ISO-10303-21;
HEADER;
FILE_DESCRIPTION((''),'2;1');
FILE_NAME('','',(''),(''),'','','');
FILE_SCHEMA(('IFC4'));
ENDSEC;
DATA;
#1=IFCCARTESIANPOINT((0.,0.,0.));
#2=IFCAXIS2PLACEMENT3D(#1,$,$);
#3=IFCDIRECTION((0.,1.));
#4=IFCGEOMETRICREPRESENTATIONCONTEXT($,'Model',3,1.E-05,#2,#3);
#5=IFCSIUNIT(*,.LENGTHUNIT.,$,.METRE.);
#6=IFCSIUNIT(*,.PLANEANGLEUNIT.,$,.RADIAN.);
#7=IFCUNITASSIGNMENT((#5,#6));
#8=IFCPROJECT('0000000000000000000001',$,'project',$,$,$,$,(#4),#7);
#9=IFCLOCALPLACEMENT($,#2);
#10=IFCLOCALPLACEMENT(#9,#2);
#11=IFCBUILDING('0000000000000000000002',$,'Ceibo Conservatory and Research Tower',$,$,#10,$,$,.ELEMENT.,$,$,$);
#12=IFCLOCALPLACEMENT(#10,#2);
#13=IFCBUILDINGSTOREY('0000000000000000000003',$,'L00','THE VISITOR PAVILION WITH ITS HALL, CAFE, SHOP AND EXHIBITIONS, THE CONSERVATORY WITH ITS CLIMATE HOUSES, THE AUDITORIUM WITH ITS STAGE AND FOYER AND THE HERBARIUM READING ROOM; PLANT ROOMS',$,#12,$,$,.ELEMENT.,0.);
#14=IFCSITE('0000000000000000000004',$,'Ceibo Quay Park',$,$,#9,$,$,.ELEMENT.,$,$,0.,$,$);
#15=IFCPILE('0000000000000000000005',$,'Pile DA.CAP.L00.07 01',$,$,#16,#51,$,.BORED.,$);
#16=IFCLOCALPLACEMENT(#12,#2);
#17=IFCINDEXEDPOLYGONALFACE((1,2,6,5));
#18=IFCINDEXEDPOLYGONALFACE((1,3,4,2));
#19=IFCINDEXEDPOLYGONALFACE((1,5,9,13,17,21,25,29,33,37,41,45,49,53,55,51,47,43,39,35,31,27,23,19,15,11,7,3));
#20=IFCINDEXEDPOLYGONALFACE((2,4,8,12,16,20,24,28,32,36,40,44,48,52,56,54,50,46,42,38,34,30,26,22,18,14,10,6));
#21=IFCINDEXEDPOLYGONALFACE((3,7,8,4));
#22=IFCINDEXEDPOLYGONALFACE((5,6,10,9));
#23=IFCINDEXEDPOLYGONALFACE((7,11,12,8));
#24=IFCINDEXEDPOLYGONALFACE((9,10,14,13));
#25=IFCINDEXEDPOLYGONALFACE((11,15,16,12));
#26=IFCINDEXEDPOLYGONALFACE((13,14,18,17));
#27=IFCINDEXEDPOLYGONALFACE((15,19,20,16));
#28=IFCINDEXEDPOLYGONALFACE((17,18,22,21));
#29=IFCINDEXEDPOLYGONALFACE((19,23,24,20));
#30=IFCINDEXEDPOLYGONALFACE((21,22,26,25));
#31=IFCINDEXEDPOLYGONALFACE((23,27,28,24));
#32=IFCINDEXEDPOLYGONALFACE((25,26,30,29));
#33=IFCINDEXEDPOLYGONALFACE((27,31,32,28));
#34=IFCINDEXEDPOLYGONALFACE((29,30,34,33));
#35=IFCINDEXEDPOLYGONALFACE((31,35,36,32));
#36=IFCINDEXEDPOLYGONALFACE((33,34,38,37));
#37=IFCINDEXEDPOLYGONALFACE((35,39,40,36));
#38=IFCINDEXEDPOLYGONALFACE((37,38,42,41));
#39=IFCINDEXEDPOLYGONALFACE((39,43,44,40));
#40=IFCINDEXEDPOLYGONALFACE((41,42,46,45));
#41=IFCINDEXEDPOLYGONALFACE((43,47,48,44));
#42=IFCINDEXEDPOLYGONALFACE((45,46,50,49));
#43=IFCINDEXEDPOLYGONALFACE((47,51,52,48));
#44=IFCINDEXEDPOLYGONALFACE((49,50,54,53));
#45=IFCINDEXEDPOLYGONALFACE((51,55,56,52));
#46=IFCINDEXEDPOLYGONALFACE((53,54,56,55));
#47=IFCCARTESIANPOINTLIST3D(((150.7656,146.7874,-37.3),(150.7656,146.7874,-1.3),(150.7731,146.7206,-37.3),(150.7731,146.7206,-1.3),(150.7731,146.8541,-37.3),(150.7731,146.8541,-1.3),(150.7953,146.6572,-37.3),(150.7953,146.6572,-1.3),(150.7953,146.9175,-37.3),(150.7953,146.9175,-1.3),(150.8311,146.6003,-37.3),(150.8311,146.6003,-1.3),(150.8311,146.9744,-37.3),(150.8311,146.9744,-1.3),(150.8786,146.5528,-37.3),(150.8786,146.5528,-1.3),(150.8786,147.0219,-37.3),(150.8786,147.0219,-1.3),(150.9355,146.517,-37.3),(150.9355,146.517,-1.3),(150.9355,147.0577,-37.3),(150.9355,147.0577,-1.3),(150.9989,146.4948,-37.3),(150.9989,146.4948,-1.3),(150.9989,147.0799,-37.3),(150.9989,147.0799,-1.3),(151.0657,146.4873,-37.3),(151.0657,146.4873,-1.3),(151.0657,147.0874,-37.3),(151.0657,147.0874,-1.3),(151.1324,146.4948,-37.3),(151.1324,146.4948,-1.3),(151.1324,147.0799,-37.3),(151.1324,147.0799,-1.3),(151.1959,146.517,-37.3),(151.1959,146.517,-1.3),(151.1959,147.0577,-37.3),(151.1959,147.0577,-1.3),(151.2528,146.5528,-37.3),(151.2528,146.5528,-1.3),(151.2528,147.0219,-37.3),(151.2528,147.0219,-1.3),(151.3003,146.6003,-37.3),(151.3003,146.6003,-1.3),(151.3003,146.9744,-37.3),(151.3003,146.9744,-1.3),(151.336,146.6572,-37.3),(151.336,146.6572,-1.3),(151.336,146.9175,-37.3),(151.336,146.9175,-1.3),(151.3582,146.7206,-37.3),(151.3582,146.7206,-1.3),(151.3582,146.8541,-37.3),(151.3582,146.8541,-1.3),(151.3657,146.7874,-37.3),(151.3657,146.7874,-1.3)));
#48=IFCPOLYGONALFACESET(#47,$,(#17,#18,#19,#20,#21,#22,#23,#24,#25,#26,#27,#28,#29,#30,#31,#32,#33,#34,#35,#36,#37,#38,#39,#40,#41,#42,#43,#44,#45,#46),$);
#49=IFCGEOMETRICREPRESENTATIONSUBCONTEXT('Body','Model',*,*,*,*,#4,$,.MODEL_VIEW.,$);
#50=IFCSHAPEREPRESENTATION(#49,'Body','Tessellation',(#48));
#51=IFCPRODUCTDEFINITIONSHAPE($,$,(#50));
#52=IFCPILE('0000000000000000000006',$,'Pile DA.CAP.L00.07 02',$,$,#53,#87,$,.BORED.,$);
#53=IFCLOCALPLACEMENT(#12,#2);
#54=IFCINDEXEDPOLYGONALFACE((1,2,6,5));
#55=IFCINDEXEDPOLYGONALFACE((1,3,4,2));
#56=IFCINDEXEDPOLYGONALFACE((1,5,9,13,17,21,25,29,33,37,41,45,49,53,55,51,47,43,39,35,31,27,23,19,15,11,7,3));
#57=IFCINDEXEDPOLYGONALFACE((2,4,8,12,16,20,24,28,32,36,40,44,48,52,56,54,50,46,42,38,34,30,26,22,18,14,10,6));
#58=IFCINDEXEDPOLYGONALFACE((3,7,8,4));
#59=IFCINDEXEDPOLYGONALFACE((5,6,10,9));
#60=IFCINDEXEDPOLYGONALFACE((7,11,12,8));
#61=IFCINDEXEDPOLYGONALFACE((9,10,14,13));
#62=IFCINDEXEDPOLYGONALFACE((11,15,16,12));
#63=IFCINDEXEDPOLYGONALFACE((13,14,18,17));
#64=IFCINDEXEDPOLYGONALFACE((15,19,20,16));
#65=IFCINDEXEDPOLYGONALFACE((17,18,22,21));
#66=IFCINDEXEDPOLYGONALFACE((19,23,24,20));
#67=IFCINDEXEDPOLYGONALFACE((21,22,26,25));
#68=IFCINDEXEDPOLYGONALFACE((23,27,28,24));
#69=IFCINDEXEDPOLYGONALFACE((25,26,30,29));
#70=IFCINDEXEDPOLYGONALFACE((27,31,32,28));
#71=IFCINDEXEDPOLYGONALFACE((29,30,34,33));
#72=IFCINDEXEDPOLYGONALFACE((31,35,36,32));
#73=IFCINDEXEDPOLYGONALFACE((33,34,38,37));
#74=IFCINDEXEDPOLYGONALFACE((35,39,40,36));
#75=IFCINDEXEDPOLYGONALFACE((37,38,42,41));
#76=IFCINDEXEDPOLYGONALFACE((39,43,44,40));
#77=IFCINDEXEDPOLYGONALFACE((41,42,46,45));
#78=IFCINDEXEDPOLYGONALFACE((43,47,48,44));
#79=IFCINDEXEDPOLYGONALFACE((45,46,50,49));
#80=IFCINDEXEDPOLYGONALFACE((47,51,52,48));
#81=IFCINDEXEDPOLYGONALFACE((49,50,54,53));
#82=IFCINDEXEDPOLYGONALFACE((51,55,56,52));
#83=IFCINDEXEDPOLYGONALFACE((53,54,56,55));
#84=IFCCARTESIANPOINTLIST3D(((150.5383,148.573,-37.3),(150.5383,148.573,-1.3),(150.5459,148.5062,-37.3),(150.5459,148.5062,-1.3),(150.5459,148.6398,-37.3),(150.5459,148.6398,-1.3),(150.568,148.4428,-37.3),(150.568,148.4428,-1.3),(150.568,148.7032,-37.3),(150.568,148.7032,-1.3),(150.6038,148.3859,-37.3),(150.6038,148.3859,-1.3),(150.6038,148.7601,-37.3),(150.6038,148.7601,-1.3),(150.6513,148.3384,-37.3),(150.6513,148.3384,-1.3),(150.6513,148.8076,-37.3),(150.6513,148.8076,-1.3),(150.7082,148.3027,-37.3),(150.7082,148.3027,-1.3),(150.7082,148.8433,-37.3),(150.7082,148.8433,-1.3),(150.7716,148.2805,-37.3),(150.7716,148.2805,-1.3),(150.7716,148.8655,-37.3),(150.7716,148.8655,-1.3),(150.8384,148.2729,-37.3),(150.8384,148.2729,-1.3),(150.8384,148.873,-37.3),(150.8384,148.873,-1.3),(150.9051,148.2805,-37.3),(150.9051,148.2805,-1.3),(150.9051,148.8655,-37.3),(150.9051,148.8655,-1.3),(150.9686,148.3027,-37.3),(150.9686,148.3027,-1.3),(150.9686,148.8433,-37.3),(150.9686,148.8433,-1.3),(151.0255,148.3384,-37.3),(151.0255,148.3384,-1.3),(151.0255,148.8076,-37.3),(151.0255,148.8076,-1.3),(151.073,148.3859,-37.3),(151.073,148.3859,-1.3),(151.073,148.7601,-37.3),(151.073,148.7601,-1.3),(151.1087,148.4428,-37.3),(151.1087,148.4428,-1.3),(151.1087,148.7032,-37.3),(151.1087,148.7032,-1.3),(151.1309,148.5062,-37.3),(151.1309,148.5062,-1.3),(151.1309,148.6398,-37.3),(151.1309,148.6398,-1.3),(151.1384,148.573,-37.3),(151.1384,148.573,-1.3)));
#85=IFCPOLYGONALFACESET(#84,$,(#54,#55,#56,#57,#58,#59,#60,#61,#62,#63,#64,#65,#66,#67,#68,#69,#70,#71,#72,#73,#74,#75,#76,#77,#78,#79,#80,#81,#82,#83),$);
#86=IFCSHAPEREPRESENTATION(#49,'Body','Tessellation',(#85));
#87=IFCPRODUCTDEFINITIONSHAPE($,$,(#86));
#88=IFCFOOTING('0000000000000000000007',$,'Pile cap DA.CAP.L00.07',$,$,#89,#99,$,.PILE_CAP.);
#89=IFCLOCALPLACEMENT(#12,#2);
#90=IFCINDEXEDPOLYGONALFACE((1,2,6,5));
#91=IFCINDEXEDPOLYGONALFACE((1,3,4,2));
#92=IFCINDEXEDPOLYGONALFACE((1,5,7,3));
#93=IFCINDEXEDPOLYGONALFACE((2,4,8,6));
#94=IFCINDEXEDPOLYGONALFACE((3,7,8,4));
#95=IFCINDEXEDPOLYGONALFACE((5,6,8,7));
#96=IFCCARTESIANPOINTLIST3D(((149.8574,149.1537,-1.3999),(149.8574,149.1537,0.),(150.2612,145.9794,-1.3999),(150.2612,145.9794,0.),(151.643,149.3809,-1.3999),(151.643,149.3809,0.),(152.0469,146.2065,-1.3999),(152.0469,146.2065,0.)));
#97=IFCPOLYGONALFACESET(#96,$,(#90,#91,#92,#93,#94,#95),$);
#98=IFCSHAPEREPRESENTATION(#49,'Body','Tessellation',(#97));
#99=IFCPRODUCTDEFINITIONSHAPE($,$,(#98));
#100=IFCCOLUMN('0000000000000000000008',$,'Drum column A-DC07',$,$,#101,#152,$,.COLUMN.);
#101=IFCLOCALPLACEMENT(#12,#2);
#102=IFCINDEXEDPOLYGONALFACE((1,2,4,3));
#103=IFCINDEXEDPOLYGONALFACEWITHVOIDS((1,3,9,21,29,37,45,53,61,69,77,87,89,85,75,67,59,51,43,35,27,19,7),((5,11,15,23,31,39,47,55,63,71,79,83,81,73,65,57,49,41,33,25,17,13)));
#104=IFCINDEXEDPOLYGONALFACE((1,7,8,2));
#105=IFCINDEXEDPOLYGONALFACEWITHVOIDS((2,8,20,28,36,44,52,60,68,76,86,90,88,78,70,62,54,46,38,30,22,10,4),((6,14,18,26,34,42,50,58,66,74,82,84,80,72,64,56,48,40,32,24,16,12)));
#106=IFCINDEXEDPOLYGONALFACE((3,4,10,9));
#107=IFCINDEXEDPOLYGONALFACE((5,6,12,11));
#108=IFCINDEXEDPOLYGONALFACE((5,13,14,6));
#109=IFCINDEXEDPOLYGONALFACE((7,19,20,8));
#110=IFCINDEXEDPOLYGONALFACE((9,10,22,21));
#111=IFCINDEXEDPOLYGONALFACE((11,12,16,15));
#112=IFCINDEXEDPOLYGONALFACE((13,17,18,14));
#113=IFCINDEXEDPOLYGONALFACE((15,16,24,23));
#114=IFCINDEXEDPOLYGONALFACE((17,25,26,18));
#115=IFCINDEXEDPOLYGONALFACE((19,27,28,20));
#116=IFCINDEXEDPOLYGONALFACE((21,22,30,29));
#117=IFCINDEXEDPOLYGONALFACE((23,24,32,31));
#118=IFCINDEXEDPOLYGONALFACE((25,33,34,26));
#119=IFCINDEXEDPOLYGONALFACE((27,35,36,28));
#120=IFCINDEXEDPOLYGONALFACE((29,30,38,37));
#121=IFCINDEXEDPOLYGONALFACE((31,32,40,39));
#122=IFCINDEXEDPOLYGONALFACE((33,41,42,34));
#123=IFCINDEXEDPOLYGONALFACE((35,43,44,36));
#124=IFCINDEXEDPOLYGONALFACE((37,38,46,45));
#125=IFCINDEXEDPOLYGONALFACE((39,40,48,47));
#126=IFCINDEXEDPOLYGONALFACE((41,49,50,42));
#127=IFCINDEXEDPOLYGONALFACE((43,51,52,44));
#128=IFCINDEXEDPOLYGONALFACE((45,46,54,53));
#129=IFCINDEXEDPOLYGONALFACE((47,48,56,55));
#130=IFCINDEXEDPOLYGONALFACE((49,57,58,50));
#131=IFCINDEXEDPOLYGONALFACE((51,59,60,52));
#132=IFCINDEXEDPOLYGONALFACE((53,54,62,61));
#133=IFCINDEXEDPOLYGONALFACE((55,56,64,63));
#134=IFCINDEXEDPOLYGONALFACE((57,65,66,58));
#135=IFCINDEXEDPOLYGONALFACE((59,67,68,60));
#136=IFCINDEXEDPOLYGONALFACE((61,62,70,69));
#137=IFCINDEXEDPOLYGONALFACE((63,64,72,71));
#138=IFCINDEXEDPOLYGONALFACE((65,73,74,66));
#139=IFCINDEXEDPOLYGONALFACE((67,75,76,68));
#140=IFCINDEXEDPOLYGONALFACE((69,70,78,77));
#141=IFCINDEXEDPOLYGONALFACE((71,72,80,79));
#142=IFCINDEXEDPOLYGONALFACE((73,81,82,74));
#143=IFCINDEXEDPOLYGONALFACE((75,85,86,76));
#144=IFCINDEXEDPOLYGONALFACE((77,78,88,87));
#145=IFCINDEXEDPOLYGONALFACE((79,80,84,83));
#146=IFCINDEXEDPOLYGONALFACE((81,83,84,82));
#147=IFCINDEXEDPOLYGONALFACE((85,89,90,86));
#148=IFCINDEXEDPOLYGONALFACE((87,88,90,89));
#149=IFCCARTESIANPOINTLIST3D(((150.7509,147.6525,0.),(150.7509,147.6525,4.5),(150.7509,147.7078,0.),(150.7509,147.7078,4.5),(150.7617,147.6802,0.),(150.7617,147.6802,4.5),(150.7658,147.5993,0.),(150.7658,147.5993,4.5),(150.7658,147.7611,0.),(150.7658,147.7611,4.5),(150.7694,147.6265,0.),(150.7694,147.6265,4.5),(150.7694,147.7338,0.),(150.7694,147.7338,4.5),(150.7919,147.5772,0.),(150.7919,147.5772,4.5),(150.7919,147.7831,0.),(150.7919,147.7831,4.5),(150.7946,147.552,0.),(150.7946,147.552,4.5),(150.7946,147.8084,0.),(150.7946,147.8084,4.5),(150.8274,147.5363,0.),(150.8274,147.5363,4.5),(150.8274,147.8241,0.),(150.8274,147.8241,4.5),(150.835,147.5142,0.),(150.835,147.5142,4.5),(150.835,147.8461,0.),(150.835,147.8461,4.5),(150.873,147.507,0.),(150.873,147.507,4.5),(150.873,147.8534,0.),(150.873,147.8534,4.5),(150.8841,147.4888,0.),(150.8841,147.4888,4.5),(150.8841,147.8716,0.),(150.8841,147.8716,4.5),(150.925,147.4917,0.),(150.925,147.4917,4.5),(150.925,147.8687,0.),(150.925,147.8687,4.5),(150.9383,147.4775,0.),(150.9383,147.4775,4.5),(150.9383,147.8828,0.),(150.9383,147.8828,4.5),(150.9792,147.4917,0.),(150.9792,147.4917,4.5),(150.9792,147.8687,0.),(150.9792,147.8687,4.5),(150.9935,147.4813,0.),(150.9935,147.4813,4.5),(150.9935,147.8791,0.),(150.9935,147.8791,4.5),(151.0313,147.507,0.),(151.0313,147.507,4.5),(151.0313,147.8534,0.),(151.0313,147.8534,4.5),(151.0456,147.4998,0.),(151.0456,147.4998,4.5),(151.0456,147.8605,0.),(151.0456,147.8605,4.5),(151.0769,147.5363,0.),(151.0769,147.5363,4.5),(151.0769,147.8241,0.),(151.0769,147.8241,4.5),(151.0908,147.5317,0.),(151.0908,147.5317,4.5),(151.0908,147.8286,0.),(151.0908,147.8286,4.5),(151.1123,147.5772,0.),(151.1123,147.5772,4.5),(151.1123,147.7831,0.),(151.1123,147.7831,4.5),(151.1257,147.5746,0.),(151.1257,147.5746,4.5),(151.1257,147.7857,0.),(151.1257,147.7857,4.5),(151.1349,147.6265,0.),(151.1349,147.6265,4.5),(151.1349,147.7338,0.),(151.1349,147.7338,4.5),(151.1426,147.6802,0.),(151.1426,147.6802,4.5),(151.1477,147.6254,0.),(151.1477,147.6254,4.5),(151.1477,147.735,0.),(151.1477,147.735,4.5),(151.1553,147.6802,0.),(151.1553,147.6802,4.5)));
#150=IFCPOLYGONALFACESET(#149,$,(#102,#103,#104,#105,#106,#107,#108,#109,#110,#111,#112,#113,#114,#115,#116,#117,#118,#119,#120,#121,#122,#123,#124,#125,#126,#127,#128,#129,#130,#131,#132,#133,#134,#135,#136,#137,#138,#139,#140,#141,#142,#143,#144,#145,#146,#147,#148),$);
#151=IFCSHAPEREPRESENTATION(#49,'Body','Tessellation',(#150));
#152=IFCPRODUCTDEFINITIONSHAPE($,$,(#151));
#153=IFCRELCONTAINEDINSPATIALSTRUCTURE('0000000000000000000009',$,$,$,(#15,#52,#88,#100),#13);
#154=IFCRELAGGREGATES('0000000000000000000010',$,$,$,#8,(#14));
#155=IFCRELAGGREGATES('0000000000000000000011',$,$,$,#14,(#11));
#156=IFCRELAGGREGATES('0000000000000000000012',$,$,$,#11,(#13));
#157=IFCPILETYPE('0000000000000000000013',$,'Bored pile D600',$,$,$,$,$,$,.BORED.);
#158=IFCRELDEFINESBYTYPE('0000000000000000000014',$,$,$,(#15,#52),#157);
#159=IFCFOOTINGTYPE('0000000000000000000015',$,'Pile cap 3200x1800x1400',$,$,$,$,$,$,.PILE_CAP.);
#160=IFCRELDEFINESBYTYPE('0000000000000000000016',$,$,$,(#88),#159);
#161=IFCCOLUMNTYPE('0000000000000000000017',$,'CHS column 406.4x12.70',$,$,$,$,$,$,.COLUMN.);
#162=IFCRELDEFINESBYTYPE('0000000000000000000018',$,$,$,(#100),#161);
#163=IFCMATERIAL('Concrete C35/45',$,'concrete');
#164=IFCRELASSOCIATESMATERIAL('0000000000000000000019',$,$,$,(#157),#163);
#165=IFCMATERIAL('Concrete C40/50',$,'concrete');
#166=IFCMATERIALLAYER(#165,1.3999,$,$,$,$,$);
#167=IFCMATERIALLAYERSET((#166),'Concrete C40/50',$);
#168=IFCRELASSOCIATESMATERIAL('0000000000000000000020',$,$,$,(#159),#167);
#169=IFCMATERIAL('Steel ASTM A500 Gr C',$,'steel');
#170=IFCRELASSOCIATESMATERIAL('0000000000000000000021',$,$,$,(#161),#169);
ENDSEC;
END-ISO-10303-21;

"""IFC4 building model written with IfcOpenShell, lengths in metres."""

from ifc_helpers import new_model, si_unit, direction, frame, origin, origin_2d, place, context, subcontext, project, spatial, polyline, circle, hollow_circle, outline, extrude, material, layer, layer_set, material_profile, profile_set, type_object, element, save


model = new_model("IFC4")

# Units and contexts
model_context = context("Model", 3, precision=1e-05, world=origin(), true_north=direction((0.0, 1.0)))
body_context = subcontext(model_context, "Body", "Model", "MODEL_VIEW")
ifc_project = project(units=[si_unit("LENGTHUNIT", "METRE"), si_unit("PLANEANGLEUNIT", "RADIAN")], contexts=[model_context])

# Site, building, storey
site_placement = place(None, origin())
site = spatial("IfcSite", under=ifc_project, at=site_placement, Name="Ceibo Quay Park", CompositionType="ELEMENT", RefElevation=0.0)
building_placement = place(site_placement, origin())
building = spatial("IfcBuilding", under=site, at=building_placement, Name="Ceibo Conservatory and Research Tower", CompositionType="ELEMENT")
storey_placement = place(building_placement, origin())
storey = spatial("IfcBuildingStorey", under=building, at=storey_placement, Name="L00", Description="THE VISITOR PAVILION WITH ITS HALL, CAFE, SHOP AND EXHIBITIONS, THE CONSERVATORY WITH ITS CLIMATE HOUSES, THE AUDITORIUM WITH ITS STAGE AND FOYER AND THE HERBARIUM READING ROOM; PLANT ROOMS", CompositionType="ELEMENT", Elevation=0.0)

# Piles
ifc_material_1 = material(Name="Concrete C35/45", Category="concrete")
ifc_material_profile_1 = material_profile(ifc_material_1, circle(Radius=0.3, at=origin_2d()), Name="RC D600")
ifc_profile_set_1 = profile_set([ifc_material_profile_1], Name="Concrete C35/45")
pile_type = type_object("IfcPileType", Name="Bored pile D600", PredefinedType="BORED", material=ifc_profile_set_1)
for number, where, z_axis, x_axis, name in (
    (1, (151.0657, 146.7874, -1.3), (0.0, 0.0, -1.0), (1.0, 0.0, 0.0), "Pile DA.CAP.L00.07 01"),
    (2, (150.8384, 148.573, -1.3), (0.0, 0.0, -1.0), (1.0, 0.0, 0.0), "Pile DA.CAP.L00.07 02"),
):
    element("IfcPile", number, at=place(storey_placement, frame(where, z_axis=z_axis, x_axis=x_axis)), inside=storey, type_object=pile_type, Name=name, PredefinedType="BORED", context=body_context, shape_type="SweptSolid", body=[
        extrude(circle(Radius=0.3, at=origin_2d()), origin(), (0.0, 0.0, 1.0), 36.0),
    ])

# Footing
ifc_material_2 = material(Name="Concrete C40/50", Category="concrete")
ifc_layer_1 = layer(ifc_material_2, 1.3999)
ifc_layer_set_1 = layer_set([ifc_layer_1], Name="Concrete C40/50")
footing_type = type_object("IfcFootingType", Name="Pile cap 3200x1800x1400", PredefinedType="PILE_CAP", material=ifc_layer_set_1)
footing_placement = place(storey_placement, frame((152.0469, 146.2065, -1.3999), z_axis=(0.0, 0.0, 1.0), x_axis=(-0.126199, 0.992005, 0.0)))
element("IfcFooting", 3, at=footing_placement, inside=storey, type_object=footing_type, Name="Pile cap DA.CAP.L00.07", PredefinedType="PILE_CAP", context=body_context, shape_type="SweptSolid", body=[
    extrude(outline(polyline([(0.0, 0.0), (3.2, 0.0), (3.2, 1.8), (0.0, 1.8), (0.0, 0.0)])), origin(), (0.0, 0.0, 1.0), 1.3999),
])

# Column
ifc_material_3 = material(Name="Steel ASTM A500 Gr C", Category="steel")
ifc_material_profile_2 = material_profile(ifc_material_3, hollow_circle(Radius=0.2031, WallThickness=0.0127, at=origin_2d()), Name="CHS column 406.4x12.70")
ifc_profile_set_2 = profile_set([ifc_material_profile_2], Name="Steel ASTM A500 Gr C")
column_type = type_object("IfcColumnType", Name="CHS column 406.4x12.70", PredefinedType="COLUMN", material=ifc_profile_set_2)
column_placement = place(storey_placement, frame((150.9521, 147.6802, 0.0), z_axis=(0.0, 0.0, 1.0), x_axis=(1.0, 0.0, 0.0)))
element("IfcColumn", 4, at=column_placement, inside=storey, type_object=column_type, Name="Drum column A-DC07", PredefinedType="COLUMN", context=body_context, shape_type="SweptSolid", body=[
    extrude(hollow_circle(Radius=0.2031, WallThickness=0.0127, at=origin_2d()), origin(), (0.0, 0.0, 1.0), 4.5),
])

save(model, "model.ifc")
